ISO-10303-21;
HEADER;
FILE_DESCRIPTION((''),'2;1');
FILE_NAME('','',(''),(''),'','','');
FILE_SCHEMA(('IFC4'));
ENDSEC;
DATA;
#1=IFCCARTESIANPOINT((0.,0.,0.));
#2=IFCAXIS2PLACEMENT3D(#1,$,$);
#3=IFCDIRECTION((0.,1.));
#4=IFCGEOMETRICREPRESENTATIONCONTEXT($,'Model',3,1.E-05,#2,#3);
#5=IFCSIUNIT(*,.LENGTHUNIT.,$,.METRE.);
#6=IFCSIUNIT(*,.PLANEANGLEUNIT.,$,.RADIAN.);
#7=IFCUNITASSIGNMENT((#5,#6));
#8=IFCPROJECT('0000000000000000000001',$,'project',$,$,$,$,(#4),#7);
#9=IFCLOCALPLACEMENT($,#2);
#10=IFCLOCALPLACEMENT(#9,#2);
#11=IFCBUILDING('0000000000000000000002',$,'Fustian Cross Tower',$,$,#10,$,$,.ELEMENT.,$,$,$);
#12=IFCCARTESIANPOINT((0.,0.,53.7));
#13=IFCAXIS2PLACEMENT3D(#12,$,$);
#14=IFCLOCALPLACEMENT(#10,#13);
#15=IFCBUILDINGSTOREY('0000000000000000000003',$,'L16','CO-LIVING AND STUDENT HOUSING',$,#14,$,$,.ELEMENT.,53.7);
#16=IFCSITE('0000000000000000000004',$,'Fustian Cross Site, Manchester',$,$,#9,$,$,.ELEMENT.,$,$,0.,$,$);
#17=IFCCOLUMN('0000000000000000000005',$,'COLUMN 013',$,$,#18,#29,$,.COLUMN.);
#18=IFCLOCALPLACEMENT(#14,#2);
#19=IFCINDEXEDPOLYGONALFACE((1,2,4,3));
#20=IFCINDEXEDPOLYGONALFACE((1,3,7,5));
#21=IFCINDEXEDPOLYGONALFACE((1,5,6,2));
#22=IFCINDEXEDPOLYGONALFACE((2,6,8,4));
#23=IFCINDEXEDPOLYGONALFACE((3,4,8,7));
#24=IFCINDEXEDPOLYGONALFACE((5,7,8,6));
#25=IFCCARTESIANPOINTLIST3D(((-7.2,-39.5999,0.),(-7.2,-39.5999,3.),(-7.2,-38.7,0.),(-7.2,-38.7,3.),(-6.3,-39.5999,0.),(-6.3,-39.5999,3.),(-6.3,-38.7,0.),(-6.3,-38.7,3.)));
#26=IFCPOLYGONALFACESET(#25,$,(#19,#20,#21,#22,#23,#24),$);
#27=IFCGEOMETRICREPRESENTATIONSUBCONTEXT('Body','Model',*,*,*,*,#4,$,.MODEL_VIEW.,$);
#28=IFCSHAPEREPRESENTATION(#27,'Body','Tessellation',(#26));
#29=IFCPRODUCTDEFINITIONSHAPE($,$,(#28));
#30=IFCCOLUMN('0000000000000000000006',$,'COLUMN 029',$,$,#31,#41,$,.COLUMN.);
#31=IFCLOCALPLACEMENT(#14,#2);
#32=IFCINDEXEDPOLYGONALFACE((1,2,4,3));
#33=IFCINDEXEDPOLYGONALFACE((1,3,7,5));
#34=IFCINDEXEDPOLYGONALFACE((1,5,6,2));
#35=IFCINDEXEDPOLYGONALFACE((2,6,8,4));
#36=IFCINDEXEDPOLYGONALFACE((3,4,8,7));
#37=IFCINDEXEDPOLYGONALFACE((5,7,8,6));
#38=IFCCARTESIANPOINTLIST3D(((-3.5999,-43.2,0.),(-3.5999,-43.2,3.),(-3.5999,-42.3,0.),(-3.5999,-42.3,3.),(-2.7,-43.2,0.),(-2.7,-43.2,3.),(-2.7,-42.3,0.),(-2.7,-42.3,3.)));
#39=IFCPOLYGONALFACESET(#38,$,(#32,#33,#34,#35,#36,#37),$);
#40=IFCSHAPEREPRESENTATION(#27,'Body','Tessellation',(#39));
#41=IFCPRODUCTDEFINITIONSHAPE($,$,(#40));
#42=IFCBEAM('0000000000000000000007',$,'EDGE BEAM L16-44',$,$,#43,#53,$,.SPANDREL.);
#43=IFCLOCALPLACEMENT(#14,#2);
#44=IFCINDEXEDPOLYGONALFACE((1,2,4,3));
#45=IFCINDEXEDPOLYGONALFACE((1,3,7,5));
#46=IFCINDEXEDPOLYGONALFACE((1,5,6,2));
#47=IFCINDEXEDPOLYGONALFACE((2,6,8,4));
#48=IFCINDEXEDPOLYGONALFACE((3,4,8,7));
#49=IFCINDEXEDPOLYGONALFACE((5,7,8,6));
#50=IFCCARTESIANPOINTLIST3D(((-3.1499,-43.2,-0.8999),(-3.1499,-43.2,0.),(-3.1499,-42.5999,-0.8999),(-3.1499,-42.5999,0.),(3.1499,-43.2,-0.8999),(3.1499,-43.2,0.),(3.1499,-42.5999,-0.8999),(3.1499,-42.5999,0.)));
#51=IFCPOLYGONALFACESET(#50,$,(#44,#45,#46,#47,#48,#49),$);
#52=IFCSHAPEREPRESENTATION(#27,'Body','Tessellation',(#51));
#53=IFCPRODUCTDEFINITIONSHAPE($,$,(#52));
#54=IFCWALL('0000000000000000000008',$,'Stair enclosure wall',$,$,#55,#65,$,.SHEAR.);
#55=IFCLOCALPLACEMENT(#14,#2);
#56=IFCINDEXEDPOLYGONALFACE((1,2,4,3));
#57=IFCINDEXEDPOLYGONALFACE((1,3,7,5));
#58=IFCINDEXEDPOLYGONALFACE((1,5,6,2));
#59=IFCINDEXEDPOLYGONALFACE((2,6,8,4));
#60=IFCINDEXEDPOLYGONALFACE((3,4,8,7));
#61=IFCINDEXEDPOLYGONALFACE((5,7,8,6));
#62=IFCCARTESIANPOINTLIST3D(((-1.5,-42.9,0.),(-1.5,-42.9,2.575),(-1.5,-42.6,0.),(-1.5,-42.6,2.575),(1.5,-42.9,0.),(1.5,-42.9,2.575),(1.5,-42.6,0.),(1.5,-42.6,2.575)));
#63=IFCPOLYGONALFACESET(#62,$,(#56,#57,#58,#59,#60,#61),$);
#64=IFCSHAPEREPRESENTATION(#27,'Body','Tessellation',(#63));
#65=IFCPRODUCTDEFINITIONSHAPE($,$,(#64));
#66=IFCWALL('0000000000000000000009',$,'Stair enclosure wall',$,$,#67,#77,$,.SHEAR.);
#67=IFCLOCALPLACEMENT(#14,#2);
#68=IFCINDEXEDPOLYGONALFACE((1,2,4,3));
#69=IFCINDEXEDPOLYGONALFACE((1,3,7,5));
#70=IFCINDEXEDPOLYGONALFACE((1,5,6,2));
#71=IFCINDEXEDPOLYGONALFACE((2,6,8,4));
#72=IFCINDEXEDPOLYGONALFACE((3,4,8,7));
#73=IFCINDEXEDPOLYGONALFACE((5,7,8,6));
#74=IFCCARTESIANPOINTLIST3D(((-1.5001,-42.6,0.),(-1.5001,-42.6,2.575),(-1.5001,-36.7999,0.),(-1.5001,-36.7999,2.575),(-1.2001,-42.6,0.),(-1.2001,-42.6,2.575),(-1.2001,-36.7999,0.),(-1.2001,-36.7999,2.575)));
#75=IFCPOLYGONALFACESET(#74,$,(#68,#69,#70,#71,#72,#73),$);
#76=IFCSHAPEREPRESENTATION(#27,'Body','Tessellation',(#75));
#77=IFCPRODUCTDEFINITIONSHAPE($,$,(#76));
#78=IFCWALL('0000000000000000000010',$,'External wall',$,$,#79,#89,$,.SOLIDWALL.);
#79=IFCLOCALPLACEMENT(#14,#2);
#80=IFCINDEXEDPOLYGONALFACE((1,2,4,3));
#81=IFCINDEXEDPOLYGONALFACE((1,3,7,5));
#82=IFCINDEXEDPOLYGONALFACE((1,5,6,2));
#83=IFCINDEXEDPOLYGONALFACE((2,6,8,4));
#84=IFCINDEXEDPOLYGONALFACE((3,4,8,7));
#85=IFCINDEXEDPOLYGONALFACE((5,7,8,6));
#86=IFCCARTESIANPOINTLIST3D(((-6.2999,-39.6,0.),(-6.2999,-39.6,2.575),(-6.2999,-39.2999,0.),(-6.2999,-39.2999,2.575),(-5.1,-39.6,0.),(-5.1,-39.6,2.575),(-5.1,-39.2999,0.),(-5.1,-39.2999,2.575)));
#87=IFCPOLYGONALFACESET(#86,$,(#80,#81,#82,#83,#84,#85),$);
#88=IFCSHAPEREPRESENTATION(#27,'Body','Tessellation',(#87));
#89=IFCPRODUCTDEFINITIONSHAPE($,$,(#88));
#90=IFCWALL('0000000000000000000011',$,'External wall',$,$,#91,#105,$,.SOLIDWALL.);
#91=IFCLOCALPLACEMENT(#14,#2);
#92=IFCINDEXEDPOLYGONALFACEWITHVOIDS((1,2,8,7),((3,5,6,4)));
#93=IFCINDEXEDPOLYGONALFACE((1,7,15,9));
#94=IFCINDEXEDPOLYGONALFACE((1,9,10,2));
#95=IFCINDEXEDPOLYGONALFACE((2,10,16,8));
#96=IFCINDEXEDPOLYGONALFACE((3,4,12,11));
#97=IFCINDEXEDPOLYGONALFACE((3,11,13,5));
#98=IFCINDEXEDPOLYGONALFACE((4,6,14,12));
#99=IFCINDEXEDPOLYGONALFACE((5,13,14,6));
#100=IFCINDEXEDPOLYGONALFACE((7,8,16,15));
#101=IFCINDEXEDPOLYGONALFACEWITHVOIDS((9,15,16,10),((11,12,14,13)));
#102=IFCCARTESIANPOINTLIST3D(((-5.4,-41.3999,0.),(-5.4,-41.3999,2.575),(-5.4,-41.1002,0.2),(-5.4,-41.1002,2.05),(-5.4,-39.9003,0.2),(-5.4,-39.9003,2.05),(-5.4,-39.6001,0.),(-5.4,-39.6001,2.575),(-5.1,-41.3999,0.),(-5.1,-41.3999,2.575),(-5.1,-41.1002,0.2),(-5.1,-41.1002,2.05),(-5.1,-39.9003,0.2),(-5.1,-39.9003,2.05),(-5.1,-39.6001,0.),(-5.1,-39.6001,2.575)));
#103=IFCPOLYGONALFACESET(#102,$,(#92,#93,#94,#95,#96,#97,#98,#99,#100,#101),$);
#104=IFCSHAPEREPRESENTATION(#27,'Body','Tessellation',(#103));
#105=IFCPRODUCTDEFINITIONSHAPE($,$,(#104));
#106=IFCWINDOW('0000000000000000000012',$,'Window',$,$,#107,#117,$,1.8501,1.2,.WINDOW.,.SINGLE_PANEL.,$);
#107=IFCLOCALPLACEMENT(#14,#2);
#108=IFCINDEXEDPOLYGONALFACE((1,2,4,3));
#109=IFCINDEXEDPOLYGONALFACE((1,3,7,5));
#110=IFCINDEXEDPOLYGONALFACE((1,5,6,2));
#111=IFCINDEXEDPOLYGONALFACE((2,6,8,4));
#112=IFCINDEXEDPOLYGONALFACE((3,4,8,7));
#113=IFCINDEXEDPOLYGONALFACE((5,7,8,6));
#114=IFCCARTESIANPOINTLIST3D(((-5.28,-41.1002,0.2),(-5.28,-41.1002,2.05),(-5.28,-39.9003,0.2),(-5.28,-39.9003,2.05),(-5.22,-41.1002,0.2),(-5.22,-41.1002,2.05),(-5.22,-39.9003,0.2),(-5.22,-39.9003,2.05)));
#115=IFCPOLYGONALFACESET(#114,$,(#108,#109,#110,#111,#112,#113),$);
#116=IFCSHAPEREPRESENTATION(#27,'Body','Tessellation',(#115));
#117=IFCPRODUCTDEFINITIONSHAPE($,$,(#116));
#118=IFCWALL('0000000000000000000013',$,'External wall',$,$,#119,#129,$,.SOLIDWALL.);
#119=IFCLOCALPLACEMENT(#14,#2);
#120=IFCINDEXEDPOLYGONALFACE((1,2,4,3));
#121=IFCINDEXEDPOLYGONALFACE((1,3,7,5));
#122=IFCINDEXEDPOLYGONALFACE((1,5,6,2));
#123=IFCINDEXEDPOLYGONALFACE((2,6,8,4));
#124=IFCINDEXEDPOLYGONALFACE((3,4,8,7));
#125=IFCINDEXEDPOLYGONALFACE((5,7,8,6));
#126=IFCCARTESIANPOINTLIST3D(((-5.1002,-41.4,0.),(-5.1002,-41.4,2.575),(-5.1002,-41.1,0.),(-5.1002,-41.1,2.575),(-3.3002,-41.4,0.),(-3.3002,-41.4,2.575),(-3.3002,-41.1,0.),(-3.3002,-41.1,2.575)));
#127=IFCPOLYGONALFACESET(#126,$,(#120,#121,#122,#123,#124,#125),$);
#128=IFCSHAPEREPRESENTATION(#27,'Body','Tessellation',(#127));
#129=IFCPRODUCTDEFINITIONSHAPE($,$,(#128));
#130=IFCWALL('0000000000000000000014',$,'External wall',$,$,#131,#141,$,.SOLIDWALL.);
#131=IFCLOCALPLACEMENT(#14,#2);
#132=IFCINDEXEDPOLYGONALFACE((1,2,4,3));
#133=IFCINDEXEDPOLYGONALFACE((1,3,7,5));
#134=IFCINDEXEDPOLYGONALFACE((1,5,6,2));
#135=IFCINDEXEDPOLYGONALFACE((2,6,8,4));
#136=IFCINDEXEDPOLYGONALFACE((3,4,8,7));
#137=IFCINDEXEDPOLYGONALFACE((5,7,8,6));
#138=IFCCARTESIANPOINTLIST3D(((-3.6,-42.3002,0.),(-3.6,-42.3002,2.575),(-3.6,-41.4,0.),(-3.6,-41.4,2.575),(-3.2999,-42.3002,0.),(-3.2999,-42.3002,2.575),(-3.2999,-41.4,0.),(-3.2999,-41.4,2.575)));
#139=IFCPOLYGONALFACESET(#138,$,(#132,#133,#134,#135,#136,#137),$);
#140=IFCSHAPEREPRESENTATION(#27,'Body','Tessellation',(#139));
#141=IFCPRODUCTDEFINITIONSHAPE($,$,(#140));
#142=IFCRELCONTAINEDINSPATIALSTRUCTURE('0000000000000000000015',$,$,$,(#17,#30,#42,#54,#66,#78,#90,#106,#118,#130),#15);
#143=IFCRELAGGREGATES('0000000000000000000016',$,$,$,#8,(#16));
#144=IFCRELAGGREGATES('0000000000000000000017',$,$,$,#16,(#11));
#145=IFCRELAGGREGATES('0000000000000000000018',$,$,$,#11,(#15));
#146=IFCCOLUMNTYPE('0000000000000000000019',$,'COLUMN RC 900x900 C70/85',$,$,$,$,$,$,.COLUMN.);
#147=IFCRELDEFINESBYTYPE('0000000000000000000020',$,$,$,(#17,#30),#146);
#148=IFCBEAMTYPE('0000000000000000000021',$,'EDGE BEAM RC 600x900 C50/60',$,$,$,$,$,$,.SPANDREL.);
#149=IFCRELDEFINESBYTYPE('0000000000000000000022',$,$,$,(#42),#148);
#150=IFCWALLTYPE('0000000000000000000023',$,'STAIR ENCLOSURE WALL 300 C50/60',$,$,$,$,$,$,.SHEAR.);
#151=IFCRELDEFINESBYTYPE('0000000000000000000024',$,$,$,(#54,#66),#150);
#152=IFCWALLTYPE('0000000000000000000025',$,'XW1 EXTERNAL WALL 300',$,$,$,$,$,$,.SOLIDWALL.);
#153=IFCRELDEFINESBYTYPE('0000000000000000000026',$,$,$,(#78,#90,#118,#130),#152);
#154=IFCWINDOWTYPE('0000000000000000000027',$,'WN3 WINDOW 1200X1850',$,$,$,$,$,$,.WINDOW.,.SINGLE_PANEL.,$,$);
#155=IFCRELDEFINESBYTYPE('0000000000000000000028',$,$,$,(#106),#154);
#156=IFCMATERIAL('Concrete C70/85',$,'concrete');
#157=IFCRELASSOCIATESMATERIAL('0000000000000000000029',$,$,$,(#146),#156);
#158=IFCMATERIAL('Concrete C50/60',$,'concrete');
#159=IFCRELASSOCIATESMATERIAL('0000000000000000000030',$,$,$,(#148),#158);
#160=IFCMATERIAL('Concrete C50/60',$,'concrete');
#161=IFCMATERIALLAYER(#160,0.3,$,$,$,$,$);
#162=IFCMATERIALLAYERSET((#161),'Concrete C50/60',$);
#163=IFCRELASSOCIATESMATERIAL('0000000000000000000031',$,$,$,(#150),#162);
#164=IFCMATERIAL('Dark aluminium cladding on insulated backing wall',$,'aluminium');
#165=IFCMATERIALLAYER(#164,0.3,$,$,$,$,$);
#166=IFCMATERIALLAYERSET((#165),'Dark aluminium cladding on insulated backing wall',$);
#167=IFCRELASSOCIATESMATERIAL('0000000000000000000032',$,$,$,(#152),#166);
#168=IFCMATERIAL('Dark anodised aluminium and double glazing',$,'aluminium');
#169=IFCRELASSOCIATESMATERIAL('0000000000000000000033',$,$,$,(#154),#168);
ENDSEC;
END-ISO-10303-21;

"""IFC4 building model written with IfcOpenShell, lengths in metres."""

from ifc_helpers import new_model, si_unit, direction, frame, frame_2d, origin, origin_2d, place, context, subcontext, project, spatial, rectangle, extrude, material, layer, layer_set, material_profile, profile_set, type_object, element, fill, save


model = new_model("IFC4")

# Units and contexts
model_context = context("Model", 3, precision=1e-05, world=origin(), true_north=direction((0.0, 1.0)))
body_context = subcontext(model_context, "Body", "Model", "MODEL_VIEW")
ifc_project = project(units=[si_unit("LENGTHUNIT", "METRE"), si_unit("PLANEANGLEUNIT", "RADIAN")], contexts=[model_context])

# Site, building, storey
site_placement = place(None, origin())
site = spatial("IfcSite", under=ifc_project, at=site_placement, Name="Fustian Cross Site, Manchester", CompositionType="ELEMENT", RefElevation=0.0)
building_placement = place(site_placement, origin())
building = spatial("IfcBuilding", under=site, at=building_placement, Name="Fustian Cross Tower", CompositionType="ELEMENT")
storey_placement = place(building_placement, frame((0.0, 0.0, 53.7)))
storey = spatial("IfcBuildingStorey", under=building, at=storey_placement, Name="L16", Description="CO-LIVING AND STUDENT HOUSING", CompositionType="ELEMENT", Elevation=53.7)

# Columns
ifc_material_1 = material(Name="Concrete C70/85", Category="concrete")
ifc_material_profile_1 = material_profile(ifc_material_1, rectangle(XDim=0.8999, YDim=0.8999, at=origin_2d()), Name="RC 900x900")
ifc_profile_set_1 = profile_set([ifc_material_profile_1], Name="Concrete C70/85")
column_type = type_object("IfcColumnType", Name="COLUMN RC 900x900 C70/85", PredefinedType="COLUMN", material=ifc_profile_set_1)
for number, where, z_axis, x_axis, name in (
    (1, (-6.75, -39.1499, 0.0), (0.0, 0.0, 1.0), (1.0, 0.0, 0.0), "COLUMN 013"),
    (2, (-3.1499, -42.75, 0.0), (0.0, 0.0, 1.0), (1.0, 0.0, 0.0), "COLUMN 029"),
):
    element("IfcColumn", number, at=place(storey_placement, frame(where, z_axis=z_axis, x_axis=x_axis)), inside=storey, type_object=column_type, Name=name, PredefinedType="COLUMN", context=body_context, shape_type="SweptSolid", body=[
        extrude(rectangle(XDim=0.8999, YDim=0.8999, at=origin_2d()), origin(), (0.0, 0.0, 1.0), 3.0),
    ])

# Beam
ifc_material_2 = material(Name="Concrete C50/60", Category="concrete")
ifc_material_profile_2 = material_profile(ifc_material_2, rectangle(XDim=0.6001, YDim=0.8999, at=origin_2d()), Name="RC 600x900")
ifc_profile_set_2 = profile_set([ifc_material_profile_2], Name="Concrete C50/60")
beam_type = type_object("IfcBeamType", Name="EDGE BEAM RC 600x900 C50/60", PredefinedType="SPANDREL", material=ifc_profile_set_2)
beam_placement = place(storey_placement, frame((-3.1499, -42.8999, -0.45), z_axis=(1.0, 0.0, 0.0), x_axis=(0.0, 1.0, 0.0)))
element("IfcBeam", 3, at=beam_placement, inside=storey, type_object=beam_type, Name="EDGE BEAM L16-44", PredefinedType="SPANDREL", context=body_context, shape_type="SweptSolid", body=[
    extrude(rectangle(XDim=0.6001, YDim=0.8999, at=origin_2d()), origin(), (0.0, 0.0, 1.0), 6.2998),
])

# Walls
ifc_material_3 = material(Name="Concrete C50/60", Category="concrete")
ifc_layer_1 = layer(ifc_material_3, 0.3)
ifc_layer_set_1 = layer_set([ifc_layer_1], Name="Concrete C50/60")
wall_type_1 = type_object("IfcWallType", Name="STAIR ENCLOSURE WALL 300 C50/60", PredefinedType="SHEAR", material=ifc_layer_set_1)
wall_1_placement = place(storey_placement, frame((-1.5, -42.75, 0.0), z_axis=(0.0, 0.0, 1.0), x_axis=(1.0, 0.0, 0.0)))
element("IfcWall", 4, at=wall_1_placement, inside=storey, type_object=wall_type_1, Name="Stair enclosure wall", PredefinedType="SHEAR", context=body_context, shape_type="SweptSolid", body=[
    extrude(rectangle(XDim=3.0, YDim=0.3, at=frame_2d((1.5, 0.0))), origin(), (0.0, 0.0, 1.0), 2.575),
])
wall_2_placement = place(storey_placement, frame((-1.3501, -36.8, 0.0), z_axis=(0.0, 0.0, 1.0), x_axis=(0.0, -1.0, 0.0)))
element("IfcWall", 5, at=wall_2_placement, inside=storey, type_object=wall_type_1, Name="Stair enclosure wall", PredefinedType="SHEAR", context=body_context, shape_type="SweptSolid", body=[
    extrude(rectangle(XDim=5.8, YDim=0.3, at=frame_2d((2.8999, 0.0))), origin(), (0.0, 0.0, 1.0), 2.575),
])
ifc_material_4 = material(Name="Dark aluminium cladding on insulated backing wall", Category="aluminium")
ifc_layer_2 = layer(ifc_material_4, 0.3)
ifc_layer_set_2 = layer_set([ifc_layer_2], Name="Dark aluminium cladding on insulated backing wall")
wall_type_2 = type_object("IfcWallType", Name="XW1 EXTERNAL WALL 300", PredefinedType="SOLIDWALL", material=ifc_layer_set_2)
wall_3_placement = place(storey_placement, frame((-6.3, -39.45, 0.0), z_axis=(0.0, 0.0, 1.0), x_axis=(1.0, 0.0, 0.0)))
element("IfcWall", 6, at=wall_3_placement, inside=storey, type_object=wall_type_2, Name="External wall", PredefinedType="SOLIDWALL", context=body_context, shape_type="SweptSolid", body=[
    extrude(rectangle(XDim=1.2, YDim=0.3, at=frame_2d((0.6001, 0.0))), origin(), (0.0, 0.0, 1.0), 2.575),
])

# Wall, opening, window
wall_4_placement = place(storey_placement, frame((-5.25, -39.6001, 0.0), z_axis=(0.0, 0.0, 1.0), x_axis=(0.0, -1.0, 0.0)))
wall_4 = element("IfcWall", 7, at=wall_4_placement, inside=storey, type_object=wall_type_2, Name="External wall", PredefinedType="SOLIDWALL", context=body_context, shape_type="SweptSolid", body=[
    extrude(rectangle(XDim=1.7998, YDim=0.3, at=frame_2d((0.8999, 0.0))), origin(), (0.0, 0.0, 1.0), 2.575),
])
opening_1_placement = place(wall_4_placement, frame((0.3, 0.0, 0.2)))
opening_1 = element("IfcOpeningElement", 8, at=opening_1_placement, cuts=wall_4, PredefinedType="OPENING", context=body_context, shape_type="SweptSolid", body=[
    extrude(rectangle(XDim=1.2, YDim=1.8501, at=frame_2d((0.6001, 0.925))), frame((0.0, 0.1599, 0.0), z_axis=(0.0, -1.0, 0.0), x_axis=(1.0, 0.0, 0.0)), (0.0, 0.0, 1.0), 0.3201),
])
ifc_material_5 = material(Name="Dark anodised aluminium and double glazing", Category="aluminium")
window_type_1 = type_object("IfcWindowType", Name="WN3 WINDOW 1200X1850", PartitioningType="SINGLE_PANEL", PredefinedType="WINDOW", material=ifc_material_5)
window_1_placement = place(opening_1_placement, origin())
window_1 = element("IfcWindow", 9, at=window_1_placement, inside=storey, type_object=window_type_1, Name="Window", OverallHeight=1.8501, OverallWidth=1.2, PartitioningType="SINGLE_PANEL", PredefinedType="WINDOW", context=body_context, shape_type="SweptSolid", body=[
    extrude(rectangle(XDim=1.2, YDim=1.8501, at=frame_2d((0.6001, 0.925))), frame((0.0, 0.03, 0.0), z_axis=(0.0, -1.0, 0.0), x_axis=(1.0, 0.0, 0.0)), (0.0, 0.0, 1.0), 0.0601),
])
fill(opening_1, window_1)

# Walls
wall_5_placement = place(storey_placement, frame((-5.1001, -41.25, 0.0), z_axis=(0.0, 0.0, 1.0), x_axis=(1.0, 0.0, 0.0)))
element("IfcWall", 10, at=wall_5_placement, inside=storey, type_object=wall_type_2, Name="External wall", PredefinedType="SOLIDWALL", context=body_context, shape_type="SweptSolid", body=[
    extrude(rectangle(XDim=1.8, YDim=0.3, at=frame_2d((0.8999, 0.0))), origin(), (0.0, 0.0, 1.0), 2.575),
])
wall_6_placement = place(storey_placement, frame((-3.45, -41.3999, 0.0), z_axis=(0.0, 0.0, 1.0), x_axis=(0.0, -1.0, 0.0)))
element("IfcWall", 11, at=wall_6_placement, inside=storey, type_object=wall_type_2, Name="External wall", PredefinedType="SOLIDWALL", context=body_context, shape_type="SweptSolid", body=[
    extrude(rectangle(XDim=0.9001, YDim=0.3, at=frame_2d((0.4502, 0.0))), origin(), (0.0, 0.0, 1.0), 2.575),
])

save(model, "model.ifc")
